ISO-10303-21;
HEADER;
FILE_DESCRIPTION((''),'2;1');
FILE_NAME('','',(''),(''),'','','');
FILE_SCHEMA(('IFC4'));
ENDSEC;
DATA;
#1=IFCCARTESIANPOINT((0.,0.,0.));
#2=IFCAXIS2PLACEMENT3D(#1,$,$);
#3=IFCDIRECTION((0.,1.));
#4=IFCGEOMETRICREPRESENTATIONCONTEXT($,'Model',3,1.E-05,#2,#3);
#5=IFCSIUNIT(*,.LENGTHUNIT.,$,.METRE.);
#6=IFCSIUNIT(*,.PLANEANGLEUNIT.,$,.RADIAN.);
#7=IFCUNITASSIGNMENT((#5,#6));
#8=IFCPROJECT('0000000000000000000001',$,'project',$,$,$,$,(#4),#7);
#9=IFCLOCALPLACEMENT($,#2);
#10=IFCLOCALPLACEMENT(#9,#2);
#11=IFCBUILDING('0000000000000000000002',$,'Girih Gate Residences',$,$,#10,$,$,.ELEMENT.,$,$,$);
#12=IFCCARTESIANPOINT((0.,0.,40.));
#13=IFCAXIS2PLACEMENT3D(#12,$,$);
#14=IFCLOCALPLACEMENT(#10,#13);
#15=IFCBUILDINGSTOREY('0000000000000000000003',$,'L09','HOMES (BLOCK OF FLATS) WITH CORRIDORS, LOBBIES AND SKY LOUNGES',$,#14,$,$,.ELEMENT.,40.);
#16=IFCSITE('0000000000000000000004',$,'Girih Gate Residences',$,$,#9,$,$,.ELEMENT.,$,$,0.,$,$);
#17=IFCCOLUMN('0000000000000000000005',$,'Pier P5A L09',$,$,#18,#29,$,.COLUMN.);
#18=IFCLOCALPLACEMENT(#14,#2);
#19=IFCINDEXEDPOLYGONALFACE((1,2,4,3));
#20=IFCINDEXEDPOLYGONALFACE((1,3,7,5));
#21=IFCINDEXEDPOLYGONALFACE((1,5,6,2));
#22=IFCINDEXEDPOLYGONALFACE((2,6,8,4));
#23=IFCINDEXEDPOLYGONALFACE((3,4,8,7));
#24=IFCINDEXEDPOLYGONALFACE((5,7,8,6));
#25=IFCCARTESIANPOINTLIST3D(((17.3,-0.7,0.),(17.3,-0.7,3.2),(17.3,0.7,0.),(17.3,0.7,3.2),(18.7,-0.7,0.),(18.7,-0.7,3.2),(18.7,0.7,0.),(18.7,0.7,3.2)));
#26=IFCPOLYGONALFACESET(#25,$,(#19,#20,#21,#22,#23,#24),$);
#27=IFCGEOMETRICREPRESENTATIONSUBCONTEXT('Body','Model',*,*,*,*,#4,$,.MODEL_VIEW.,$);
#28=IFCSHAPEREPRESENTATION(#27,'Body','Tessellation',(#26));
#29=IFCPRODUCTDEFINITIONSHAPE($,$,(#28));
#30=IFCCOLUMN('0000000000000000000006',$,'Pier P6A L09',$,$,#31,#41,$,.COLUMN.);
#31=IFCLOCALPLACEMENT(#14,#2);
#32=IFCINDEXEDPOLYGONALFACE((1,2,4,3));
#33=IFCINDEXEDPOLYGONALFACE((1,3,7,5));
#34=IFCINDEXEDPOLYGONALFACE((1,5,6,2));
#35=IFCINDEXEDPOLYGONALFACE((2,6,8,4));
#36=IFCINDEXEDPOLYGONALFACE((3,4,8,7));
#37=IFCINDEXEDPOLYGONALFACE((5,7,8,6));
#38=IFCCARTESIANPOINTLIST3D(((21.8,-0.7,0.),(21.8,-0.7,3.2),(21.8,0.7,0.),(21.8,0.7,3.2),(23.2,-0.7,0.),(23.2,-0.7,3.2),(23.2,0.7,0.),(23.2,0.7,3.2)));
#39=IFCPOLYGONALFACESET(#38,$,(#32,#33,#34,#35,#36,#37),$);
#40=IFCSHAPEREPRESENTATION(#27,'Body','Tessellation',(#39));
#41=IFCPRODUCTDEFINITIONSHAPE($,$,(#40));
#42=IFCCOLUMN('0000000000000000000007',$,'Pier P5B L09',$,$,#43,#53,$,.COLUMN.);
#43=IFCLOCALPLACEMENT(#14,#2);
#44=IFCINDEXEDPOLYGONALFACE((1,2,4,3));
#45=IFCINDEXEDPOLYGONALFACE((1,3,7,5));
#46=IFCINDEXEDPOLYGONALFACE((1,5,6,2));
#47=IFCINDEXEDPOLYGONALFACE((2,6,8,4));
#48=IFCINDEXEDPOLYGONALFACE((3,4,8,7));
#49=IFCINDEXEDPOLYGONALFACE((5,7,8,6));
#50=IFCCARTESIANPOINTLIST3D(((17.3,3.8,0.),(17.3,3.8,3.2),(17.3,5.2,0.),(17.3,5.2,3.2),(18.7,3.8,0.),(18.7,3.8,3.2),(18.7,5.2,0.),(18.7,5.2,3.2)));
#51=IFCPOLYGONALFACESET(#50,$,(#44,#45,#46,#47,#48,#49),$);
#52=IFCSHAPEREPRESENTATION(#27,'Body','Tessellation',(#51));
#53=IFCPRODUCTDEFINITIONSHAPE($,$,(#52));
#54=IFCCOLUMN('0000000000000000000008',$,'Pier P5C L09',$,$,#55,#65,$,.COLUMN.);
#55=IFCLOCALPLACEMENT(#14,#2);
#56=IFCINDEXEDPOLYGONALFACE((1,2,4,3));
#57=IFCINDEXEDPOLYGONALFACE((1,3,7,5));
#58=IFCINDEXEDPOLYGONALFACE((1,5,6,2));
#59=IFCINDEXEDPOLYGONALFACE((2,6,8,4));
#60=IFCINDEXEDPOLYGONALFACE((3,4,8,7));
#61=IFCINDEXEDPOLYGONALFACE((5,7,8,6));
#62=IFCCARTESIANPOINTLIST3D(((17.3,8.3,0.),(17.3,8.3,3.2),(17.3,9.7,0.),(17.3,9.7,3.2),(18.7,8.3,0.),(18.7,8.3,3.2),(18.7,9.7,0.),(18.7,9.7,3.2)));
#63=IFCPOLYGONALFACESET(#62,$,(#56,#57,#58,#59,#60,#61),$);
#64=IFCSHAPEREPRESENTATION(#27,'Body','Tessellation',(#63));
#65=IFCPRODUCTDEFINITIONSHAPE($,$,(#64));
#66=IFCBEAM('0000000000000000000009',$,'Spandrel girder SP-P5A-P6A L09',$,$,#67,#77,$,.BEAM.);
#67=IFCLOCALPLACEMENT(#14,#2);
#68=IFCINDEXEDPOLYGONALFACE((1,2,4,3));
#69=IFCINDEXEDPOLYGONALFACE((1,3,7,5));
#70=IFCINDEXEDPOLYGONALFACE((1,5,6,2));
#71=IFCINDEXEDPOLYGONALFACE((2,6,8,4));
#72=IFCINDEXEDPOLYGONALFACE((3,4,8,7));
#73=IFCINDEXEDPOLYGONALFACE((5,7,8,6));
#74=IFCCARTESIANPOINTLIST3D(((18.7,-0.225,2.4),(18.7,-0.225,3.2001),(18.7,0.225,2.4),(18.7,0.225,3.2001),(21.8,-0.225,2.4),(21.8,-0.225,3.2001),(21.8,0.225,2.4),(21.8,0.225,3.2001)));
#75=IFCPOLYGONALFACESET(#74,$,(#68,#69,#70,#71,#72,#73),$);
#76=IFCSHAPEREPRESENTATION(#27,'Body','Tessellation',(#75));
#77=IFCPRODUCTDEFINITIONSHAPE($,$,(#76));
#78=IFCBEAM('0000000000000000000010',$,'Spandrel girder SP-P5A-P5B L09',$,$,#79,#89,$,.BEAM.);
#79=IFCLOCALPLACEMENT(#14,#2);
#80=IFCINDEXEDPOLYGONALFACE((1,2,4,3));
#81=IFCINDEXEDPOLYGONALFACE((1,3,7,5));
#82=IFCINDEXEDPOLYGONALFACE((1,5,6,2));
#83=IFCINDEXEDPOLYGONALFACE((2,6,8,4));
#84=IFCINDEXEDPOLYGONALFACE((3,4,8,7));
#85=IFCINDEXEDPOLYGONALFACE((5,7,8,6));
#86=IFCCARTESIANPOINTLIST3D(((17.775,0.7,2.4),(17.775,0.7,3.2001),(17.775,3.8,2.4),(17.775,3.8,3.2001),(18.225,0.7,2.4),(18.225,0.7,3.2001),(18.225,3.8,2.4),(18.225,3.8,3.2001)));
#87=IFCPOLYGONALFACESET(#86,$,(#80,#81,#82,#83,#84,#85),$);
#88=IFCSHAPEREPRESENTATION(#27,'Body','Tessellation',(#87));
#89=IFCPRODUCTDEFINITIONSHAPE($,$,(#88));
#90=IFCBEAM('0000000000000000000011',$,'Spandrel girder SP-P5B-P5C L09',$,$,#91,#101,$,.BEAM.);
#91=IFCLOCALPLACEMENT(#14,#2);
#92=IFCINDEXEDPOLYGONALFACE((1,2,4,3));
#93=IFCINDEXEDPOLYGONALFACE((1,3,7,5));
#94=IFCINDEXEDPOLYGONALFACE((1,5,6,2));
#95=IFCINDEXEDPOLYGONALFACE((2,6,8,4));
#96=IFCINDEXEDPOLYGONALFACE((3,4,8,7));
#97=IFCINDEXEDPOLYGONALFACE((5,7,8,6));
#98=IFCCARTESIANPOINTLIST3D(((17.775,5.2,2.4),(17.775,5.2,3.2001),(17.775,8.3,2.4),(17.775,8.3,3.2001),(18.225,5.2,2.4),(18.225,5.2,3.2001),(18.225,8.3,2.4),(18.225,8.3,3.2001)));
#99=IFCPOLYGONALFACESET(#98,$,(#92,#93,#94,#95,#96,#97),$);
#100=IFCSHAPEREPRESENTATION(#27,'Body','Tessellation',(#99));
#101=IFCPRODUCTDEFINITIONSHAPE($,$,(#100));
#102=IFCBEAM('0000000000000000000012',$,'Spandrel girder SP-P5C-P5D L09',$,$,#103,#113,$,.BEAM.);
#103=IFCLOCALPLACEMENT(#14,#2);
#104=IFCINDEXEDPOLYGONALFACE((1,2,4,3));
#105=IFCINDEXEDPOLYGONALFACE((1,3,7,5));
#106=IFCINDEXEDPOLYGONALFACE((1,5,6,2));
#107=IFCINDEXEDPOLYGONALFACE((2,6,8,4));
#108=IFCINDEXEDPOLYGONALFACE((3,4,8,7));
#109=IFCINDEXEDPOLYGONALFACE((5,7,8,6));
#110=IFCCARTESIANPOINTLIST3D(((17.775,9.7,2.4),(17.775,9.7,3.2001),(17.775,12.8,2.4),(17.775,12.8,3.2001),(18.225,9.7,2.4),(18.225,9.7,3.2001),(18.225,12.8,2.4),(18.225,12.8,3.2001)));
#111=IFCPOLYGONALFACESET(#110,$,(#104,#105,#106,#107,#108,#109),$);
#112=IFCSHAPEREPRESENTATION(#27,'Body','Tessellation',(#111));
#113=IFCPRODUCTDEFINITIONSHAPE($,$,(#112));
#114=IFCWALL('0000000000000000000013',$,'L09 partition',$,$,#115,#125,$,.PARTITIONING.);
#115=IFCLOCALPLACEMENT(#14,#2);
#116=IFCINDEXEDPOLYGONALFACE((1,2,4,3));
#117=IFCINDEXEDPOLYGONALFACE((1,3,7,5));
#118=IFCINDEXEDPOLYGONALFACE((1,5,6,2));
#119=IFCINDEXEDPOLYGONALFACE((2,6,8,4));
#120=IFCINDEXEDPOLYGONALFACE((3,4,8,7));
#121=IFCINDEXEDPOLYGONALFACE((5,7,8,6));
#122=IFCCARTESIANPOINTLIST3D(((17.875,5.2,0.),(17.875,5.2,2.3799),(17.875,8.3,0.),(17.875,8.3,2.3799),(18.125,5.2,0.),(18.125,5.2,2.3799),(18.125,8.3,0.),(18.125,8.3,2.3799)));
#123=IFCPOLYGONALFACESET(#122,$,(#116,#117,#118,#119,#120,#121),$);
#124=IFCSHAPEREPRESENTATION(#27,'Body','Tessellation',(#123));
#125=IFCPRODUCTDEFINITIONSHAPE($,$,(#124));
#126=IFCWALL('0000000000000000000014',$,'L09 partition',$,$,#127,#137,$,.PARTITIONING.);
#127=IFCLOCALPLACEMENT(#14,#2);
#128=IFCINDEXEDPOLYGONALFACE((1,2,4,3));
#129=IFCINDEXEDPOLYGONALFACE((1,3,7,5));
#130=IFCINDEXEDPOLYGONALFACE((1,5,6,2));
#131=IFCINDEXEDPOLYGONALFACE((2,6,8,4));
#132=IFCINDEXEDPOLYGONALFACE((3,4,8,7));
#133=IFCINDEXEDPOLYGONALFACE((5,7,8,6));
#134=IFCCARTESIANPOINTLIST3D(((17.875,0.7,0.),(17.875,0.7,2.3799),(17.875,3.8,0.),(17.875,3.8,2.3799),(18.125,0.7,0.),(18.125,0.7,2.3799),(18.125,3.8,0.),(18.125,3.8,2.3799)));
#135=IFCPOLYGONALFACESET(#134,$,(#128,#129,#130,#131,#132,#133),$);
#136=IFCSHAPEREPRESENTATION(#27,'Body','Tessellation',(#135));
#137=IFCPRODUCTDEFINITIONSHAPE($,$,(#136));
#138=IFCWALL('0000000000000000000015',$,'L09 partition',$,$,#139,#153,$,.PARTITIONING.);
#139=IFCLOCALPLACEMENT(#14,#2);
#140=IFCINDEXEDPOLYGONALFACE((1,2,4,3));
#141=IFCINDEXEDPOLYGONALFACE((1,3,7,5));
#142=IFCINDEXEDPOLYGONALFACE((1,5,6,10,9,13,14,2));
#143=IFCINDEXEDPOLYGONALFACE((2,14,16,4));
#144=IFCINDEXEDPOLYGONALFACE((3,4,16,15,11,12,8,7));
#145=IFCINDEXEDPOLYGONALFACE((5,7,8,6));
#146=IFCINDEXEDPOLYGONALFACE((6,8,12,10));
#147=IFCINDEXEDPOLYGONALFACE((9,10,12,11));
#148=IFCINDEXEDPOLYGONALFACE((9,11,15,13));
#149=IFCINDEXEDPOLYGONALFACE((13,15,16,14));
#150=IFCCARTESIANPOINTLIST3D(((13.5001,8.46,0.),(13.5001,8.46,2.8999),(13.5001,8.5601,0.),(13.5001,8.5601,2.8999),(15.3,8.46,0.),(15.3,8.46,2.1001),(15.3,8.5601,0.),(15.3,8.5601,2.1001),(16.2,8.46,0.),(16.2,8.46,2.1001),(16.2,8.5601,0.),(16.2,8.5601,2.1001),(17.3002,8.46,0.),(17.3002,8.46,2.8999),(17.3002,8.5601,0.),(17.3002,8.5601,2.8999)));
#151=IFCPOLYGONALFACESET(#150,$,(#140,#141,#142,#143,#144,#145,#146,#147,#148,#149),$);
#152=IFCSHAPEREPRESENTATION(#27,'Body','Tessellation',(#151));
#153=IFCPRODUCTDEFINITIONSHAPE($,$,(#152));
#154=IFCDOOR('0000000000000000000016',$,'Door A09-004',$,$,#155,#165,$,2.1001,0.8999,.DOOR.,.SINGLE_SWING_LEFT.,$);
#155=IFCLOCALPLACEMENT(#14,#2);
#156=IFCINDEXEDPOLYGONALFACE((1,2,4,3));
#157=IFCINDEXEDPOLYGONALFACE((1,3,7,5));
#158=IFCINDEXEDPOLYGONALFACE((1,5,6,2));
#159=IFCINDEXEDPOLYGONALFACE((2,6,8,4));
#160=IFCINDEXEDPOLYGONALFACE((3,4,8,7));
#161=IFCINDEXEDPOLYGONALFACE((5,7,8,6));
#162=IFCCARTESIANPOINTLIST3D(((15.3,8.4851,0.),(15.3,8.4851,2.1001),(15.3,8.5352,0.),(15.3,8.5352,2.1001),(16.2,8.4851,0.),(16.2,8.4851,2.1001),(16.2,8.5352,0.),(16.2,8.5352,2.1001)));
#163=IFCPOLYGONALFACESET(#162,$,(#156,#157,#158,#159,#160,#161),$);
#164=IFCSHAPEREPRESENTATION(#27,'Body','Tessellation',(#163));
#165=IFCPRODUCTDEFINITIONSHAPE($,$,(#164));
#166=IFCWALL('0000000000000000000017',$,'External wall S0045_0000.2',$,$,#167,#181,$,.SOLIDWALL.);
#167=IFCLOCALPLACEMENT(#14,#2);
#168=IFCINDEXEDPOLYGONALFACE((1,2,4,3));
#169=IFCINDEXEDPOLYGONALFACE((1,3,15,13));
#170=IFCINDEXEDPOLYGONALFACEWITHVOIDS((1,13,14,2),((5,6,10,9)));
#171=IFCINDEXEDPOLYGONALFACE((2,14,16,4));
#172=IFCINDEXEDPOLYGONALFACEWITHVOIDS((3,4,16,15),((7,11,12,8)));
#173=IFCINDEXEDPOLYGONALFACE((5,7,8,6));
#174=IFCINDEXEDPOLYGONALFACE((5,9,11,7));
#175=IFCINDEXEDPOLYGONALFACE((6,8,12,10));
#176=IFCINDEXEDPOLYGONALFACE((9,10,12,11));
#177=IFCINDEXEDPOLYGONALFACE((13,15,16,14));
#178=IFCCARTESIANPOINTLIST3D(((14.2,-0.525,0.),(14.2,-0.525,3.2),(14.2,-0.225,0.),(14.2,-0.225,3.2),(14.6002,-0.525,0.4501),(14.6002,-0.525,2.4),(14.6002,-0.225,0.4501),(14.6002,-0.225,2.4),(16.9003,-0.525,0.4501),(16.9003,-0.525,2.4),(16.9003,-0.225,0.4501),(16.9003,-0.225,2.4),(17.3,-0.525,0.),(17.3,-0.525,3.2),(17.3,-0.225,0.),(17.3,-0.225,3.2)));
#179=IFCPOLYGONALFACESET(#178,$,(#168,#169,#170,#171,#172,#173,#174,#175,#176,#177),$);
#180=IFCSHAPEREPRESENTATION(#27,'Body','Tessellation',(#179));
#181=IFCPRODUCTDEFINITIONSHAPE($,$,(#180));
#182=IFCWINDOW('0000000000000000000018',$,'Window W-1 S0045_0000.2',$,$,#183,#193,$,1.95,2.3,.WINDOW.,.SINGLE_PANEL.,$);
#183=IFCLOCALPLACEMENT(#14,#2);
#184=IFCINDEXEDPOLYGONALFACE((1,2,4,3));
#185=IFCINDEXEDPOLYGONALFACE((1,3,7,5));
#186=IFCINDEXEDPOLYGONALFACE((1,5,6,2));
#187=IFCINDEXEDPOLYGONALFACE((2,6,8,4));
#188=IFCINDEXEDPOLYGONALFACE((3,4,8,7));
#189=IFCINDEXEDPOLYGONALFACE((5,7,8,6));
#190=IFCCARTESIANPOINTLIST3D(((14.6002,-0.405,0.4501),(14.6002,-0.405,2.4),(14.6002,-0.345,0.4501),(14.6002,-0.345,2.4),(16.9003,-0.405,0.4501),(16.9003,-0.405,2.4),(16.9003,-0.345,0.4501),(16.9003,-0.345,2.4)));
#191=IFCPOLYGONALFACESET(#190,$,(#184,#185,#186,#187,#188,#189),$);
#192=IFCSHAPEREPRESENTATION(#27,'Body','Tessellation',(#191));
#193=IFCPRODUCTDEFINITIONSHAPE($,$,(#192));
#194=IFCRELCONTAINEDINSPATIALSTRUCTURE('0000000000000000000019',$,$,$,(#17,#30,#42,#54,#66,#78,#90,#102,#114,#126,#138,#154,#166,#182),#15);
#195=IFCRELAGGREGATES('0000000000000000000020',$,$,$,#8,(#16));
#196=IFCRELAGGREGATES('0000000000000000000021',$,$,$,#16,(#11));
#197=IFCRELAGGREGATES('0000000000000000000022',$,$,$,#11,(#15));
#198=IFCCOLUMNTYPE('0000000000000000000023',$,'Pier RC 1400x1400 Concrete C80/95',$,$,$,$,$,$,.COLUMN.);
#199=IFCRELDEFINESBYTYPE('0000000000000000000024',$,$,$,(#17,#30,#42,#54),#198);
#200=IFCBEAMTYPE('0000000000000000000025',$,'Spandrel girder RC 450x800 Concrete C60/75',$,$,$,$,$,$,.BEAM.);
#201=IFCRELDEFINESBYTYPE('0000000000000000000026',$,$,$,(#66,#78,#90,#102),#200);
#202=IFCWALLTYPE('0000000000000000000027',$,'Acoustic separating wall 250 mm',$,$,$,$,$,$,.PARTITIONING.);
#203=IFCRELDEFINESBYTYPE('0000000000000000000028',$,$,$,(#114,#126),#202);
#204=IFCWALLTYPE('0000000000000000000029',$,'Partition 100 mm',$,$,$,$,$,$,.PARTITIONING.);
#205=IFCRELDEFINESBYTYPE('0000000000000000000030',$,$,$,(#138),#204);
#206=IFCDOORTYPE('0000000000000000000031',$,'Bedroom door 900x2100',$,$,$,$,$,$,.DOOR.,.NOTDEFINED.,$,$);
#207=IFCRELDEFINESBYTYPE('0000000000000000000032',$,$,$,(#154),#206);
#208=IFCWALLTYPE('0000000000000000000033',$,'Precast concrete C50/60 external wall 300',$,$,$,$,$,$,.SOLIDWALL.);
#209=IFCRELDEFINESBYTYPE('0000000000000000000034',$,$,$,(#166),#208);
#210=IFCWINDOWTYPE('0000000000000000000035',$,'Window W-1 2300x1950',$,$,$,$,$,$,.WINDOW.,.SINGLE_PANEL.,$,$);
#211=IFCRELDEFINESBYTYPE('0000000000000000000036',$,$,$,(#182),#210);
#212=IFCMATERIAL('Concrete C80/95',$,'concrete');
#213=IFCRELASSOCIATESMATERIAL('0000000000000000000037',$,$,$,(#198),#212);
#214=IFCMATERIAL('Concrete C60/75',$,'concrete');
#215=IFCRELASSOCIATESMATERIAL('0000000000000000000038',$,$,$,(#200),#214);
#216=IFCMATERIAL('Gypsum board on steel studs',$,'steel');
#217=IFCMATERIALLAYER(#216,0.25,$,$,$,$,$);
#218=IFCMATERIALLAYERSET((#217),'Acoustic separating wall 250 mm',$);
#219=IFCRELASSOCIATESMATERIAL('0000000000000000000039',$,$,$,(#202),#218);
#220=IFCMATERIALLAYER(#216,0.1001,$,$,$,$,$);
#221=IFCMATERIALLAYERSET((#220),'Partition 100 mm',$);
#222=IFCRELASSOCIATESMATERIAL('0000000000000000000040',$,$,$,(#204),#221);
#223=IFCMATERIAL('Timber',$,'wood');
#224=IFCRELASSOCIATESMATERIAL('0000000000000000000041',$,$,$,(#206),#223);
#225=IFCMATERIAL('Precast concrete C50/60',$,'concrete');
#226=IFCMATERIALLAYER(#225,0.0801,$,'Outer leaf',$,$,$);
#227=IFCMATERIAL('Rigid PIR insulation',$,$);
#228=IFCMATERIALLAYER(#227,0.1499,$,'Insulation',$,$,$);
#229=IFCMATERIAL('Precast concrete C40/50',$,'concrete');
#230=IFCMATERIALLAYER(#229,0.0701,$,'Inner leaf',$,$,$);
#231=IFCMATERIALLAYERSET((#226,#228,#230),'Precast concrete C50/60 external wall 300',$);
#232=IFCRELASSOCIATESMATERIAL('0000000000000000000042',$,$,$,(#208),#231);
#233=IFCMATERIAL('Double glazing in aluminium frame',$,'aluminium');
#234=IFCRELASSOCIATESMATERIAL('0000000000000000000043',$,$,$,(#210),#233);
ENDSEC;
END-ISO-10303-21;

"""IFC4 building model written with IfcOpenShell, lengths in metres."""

from ifc_helpers import new_model, si_unit, direction, frame, frame_2d, origin, origin_2d, place, context, subcontext, project, spatial, rectangle, extrude, material, layer, layer_set, material_profile, profile_set, type_object, element, fill, save


model = new_model("IFC4")

# Units and contexts
model_context = context("Model", 3, precision=1e-05, world=origin(), true_north=direction((0.0, 1.0)))
body_context = subcontext(model_context, "Body", "Model", "MODEL_VIEW")
ifc_project = project(units=[si_unit("LENGTHUNIT", "METRE"), si_unit("PLANEANGLEUNIT", "RADIAN")], contexts=[model_context])

# Site, building, storey
site_placement = place(None, origin())
site = spatial("IfcSite", under=ifc_project, at=site_placement, Name="Girih Gate Residences", CompositionType="ELEMENT", RefElevation=0.0)
building_placement = place(site_placement, origin())
building = spatial("IfcBuilding", under=site, at=building_placement, Name="Girih Gate Residences", CompositionType="ELEMENT")
storey_placement = place(building_placement, frame((0.0, 0.0, 40.0)))
storey = spatial("IfcBuildingStorey", under=building, at=storey_placement, Name="L09", Description="HOMES (BLOCK OF FLATS) WITH CORRIDORS, LOBBIES AND SKY LOUNGES", CompositionType="ELEMENT", Elevation=40.0)

# Columns
ifc_material_1 = material(Name="Concrete C80/95", Category="concrete")
ifc_material_profile_1 = material_profile(ifc_material_1, rectangle(XDim=1.3999, YDim=1.3999, at=origin_2d()))
ifc_profile_set_1 = profile_set([ifc_material_profile_1], Name="Concrete C80/95")
column_type = type_object("IfcColumnType", Name="Pier RC 1400x1400 Concrete C80/95", PredefinedType="COLUMN", material=ifc_profile_set_1)
for number, where, z_axis, x_axis, name in (
    (1, (18.0, 0.0, 0.0), (0.0, 0.0, 1.0), (1.0, 0.0, 0.0), "Pier P5A L09"),
    (2, (22.5, 0.0, 0.0), (0.0, 0.0, 1.0), (1.0, 0.0, 0.0), "Pier P6A L09"),
    (3, (18.0, 4.5, 0.0), (0.0, 0.0, 1.0), (1.0, 0.0, 0.0), "Pier P5B L09"),
    (4, (18.0, 9.0, 0.0), (0.0, 0.0, 1.0), (1.0, 0.0, 0.0), "Pier P5C L09"),
):
    element("IfcColumn", number, at=place(storey_placement, frame(where, z_axis=z_axis, x_axis=x_axis)), inside=storey, type_object=column_type, Name=name, PredefinedType="COLUMN", context=body_context, shape_type="SweptSolid", body=[
        extrude(rectangle(XDim=1.3999, YDim=1.3999, at=origin_2d()), origin(), (0.0, 0.0, 1.0), 3.2),
    ])

# Beams
ifc_material_2 = material(Name="Concrete C60/75", Category="concrete")
ifc_material_profile_2 = material_profile(ifc_material_2, rectangle(XDim=0.45, YDim=0.8, at=origin_2d()))
ifc_profile_set_2 = profile_set([ifc_material_profile_2], Name="Concrete C60/75")
beam_type = type_object("IfcBeamType", Name="Spandrel girder RC 450x800 Concrete C60/75", PredefinedType="BEAM", material=ifc_profile_set_2)
for number, where, z_axis, x_axis, name in (
    (5, (18.7, 0.0, 2.8), (1.0, 0.0, 0.0), (0.0, 1.0, 0.0), "Spandrel girder SP-P5A-P6A L09"),
    (6, (18.0, 0.7, 2.8), (0.0, 1.0, 0.0), (-1.0, 0.0, 0.0), "Spandrel girder SP-P5A-P5B L09"),
    (7, (18.0, 5.2, 2.8), (0.0, 1.0, 0.0), (-1.0, 0.0, 0.0), "Spandrel girder SP-P5B-P5C L09"),
    (8, (18.0, 9.7, 2.8), (0.0, 1.0, 0.0), (-1.0, 0.0, 0.0), "Spandrel girder SP-P5C-P5D L09"),
):
    element("IfcBeam", number, at=place(storey_placement, frame(where, z_axis=z_axis, x_axis=x_axis)), inside=storey, type_object=beam_type, Name=name, PredefinedType="BEAM", context=body_context, shape_type="SweptSolid", body=[
        extrude(rectangle(XDim=0.45, YDim=0.8, at=origin_2d()), origin(), (0.0, 0.0, 1.0), 3.1001),
    ])

# Walls
ifc_material_3 = material(Name="Gypsum board on steel studs", Category="steel")
ifc_layer_1 = layer(ifc_material_3, 0.25)
ifc_layer_set_1 = layer_set([ifc_layer_1], Name="Acoustic separating wall 250 mm")
wall_type_1 = type_object("IfcWallType", Name="Acoustic separating wall 250 mm", PredefinedType="PARTITIONING", material=ifc_layer_set_1)
for number, where, z_axis, x_axis, name in (
    (9, (18.0, 5.2, 0.0), (0.0, 0.0, 1.0), (0.0, 1.0, 0.0), "L09 partition"),
    (10, (18.0, 0.7, 0.0), (0.0, 0.0, 1.0), (0.0, 1.0, 0.0), "L09 partition"),
):
    element("IfcWall", number, at=place(storey_placement, frame(where, z_axis=z_axis, x_axis=x_axis)), inside=storey, type_object=wall_type_1, Name=name, PredefinedType="PARTITIONING", context=body_context, shape_type="SweptSolid", body=[
        extrude(rectangle(XDim=3.1001, YDim=0.25, at=frame_2d((1.55, 0.0))), origin(), (0.0, 0.0, 1.0), 2.3799),
    ])

# Wall, opening, door
ifc_layer_2 = layer(ifc_material_3, 0.1001)
ifc_layer_set_2 = layer_set([ifc_layer_2], Name="Partition 100 mm")
wall_type_2 = type_object("IfcWallType", Name="Partition 100 mm", PredefinedType="PARTITIONING", material=ifc_layer_set_2)
wall_1_placement = place(storey_placement, frame((17.3, 8.51, 0.0), z_axis=(0.0, 0.0, 1.0), x_axis=(-1.0, 0.0, 0.0)))
wall_1 = element("IfcWall", 11, at=wall_1_placement, inside=storey, type_object=wall_type_2, Name="L09 partition", PredefinedType="PARTITIONING", context=body_context, shape_type="SweptSolid", body=[
    extrude(rectangle(XDim=3.8, YDim=0.1001, at=frame_2d((1.8999, 0.0))), origin(), (0.0, 0.0, 1.0), 2.8999),
])
opening_1_placement = place(wall_1_placement, frame((1.1001, 0.0, 0.0)))
opening_1 = element("IfcOpeningElement", 12, at=opening_1_placement, cuts=wall_1, PredefinedType="OPENING", context=body_context, shape_type="SweptSolid", body=[
    extrude(rectangle(XDim=0.8999, YDim=2.1001, at=frame_2d((0.45, 1.05))), frame((0.0, 0.0601, 0.0), z_axis=(0.0, -1.0, 0.0), x_axis=(1.0, 0.0, 0.0)), (0.0, 0.0, 1.0), 0.1201),
])
ifc_material_4 = material(Name="Timber", Category="wood")
door_type = type_object("IfcDoorType", Name="Bedroom door 900x2100", OperationType="NOTDEFINED", PredefinedType="DOOR", material=ifc_material_4)
door_placement = place(opening_1_placement, origin())
door = element("IfcDoor", 13, at=door_placement, inside=storey, type_object=door_type, Name="Door A09-004", OperationType="SINGLE_SWING_LEFT", OverallHeight=2.1001, OverallWidth=0.8999, PredefinedType="DOOR", context=body_context, shape_type="SweptSolid", body=[
    extrude(rectangle(XDim=0.8999, YDim=2.1001, at=frame_2d((0.45, 1.05))), frame((0.0, 0.0249, 0.0), z_axis=(0.0, -1.0, 0.0), x_axis=(1.0, 0.0, 0.0)), (0.0, 0.0, 1.0), 0.05),
])
fill(opening_1, door)

# Wall, opening, window
ifc_material_5 = material(Name="Precast concrete C50/60", Category="concrete")
ifc_layer_3 = layer(ifc_material_5, 0.0801, Name="Outer leaf")
ifc_material_6 = material(Name="Rigid PIR insulation")
ifc_layer_4 = layer(ifc_material_6, 0.1499, Name="Insulation")
ifc_material_7 = material(Name="Precast concrete C40/50", Category="concrete")
ifc_layer_5 = layer(ifc_material_7, 0.0701, Name="Inner leaf")
ifc_layer_set_3 = layer_set([ifc_layer_3, ifc_layer_4, ifc_layer_5], Name="Precast concrete C50/60 external wall 300")
wall_type_3 = type_object("IfcWallType", Name="Precast concrete C50/60 external wall 300", PredefinedType="SOLIDWALL", material=ifc_layer_set_3)
wall_2_placement = place(storey_placement, frame((17.3, -0.375, 0.0), z_axis=(0.0, 0.0, 1.0), x_axis=(-1.0, 0.0, 0.0)))
wall_2 = element("IfcWall", 14, at=wall_2_placement, inside=storey, type_object=wall_type_3, Name="External wall S0045_0000.2", PredefinedType="SOLIDWALL", context=body_context, shape_type="SweptSolid", body=[
    extrude(rectangle(XDim=3.1001, YDim=0.3, at=frame_2d((1.55, 0.0))), origin(), (0.0, 0.0, 1.0), 3.2),
])
opening_2_placement = place(wall_2_placement, frame((0.3999, 0.0, 0.45)))
opening_2 = element("IfcOpeningElement", 15, at=opening_2_placement, cuts=wall_2, PredefinedType="OPENING", context=body_context, shape_type="SweptSolid", body=[
    extrude(rectangle(XDim=2.3, YDim=1.95, at=frame_2d((1.1499, 0.9751))), frame((0.0, 0.1599, 0.0), z_axis=(0.0, -1.0, 0.0), x_axis=(1.0, 0.0, 0.0)), (0.0, 0.0, 1.0), 0.3201),
])
ifc_material_8 = material(Name="Double glazing in aluminium frame", Category="aluminium")
window_type = type_object("IfcWindowType", Name="Window W-1 2300x1950", PartitioningType="SINGLE_PANEL", PredefinedType="WINDOW", material=ifc_material_8)
window_1_placement = place(opening_2_placement, origin())
window_1 = element("IfcWindow", 16, at=window_1_placement, inside=storey, type_object=window_type, Name="Window W-1 S0045_0000.2", OverallHeight=1.95, OverallWidth=2.3, PartitioningType="SINGLE_PANEL", PredefinedType="WINDOW", context=body_context, shape_type="SweptSolid", body=[
    extrude(rectangle(XDim=2.3, YDim=1.95, at=frame_2d((1.1499, 0.9751))), frame((0.0, 0.03, 0.0), z_axis=(0.0, -1.0, 0.0), x_axis=(1.0, 0.0, 0.0)), (0.0, 0.0, 1.0), 0.0601),
])
fill(opening_2, window_1)

save(model, "model.ifc")
